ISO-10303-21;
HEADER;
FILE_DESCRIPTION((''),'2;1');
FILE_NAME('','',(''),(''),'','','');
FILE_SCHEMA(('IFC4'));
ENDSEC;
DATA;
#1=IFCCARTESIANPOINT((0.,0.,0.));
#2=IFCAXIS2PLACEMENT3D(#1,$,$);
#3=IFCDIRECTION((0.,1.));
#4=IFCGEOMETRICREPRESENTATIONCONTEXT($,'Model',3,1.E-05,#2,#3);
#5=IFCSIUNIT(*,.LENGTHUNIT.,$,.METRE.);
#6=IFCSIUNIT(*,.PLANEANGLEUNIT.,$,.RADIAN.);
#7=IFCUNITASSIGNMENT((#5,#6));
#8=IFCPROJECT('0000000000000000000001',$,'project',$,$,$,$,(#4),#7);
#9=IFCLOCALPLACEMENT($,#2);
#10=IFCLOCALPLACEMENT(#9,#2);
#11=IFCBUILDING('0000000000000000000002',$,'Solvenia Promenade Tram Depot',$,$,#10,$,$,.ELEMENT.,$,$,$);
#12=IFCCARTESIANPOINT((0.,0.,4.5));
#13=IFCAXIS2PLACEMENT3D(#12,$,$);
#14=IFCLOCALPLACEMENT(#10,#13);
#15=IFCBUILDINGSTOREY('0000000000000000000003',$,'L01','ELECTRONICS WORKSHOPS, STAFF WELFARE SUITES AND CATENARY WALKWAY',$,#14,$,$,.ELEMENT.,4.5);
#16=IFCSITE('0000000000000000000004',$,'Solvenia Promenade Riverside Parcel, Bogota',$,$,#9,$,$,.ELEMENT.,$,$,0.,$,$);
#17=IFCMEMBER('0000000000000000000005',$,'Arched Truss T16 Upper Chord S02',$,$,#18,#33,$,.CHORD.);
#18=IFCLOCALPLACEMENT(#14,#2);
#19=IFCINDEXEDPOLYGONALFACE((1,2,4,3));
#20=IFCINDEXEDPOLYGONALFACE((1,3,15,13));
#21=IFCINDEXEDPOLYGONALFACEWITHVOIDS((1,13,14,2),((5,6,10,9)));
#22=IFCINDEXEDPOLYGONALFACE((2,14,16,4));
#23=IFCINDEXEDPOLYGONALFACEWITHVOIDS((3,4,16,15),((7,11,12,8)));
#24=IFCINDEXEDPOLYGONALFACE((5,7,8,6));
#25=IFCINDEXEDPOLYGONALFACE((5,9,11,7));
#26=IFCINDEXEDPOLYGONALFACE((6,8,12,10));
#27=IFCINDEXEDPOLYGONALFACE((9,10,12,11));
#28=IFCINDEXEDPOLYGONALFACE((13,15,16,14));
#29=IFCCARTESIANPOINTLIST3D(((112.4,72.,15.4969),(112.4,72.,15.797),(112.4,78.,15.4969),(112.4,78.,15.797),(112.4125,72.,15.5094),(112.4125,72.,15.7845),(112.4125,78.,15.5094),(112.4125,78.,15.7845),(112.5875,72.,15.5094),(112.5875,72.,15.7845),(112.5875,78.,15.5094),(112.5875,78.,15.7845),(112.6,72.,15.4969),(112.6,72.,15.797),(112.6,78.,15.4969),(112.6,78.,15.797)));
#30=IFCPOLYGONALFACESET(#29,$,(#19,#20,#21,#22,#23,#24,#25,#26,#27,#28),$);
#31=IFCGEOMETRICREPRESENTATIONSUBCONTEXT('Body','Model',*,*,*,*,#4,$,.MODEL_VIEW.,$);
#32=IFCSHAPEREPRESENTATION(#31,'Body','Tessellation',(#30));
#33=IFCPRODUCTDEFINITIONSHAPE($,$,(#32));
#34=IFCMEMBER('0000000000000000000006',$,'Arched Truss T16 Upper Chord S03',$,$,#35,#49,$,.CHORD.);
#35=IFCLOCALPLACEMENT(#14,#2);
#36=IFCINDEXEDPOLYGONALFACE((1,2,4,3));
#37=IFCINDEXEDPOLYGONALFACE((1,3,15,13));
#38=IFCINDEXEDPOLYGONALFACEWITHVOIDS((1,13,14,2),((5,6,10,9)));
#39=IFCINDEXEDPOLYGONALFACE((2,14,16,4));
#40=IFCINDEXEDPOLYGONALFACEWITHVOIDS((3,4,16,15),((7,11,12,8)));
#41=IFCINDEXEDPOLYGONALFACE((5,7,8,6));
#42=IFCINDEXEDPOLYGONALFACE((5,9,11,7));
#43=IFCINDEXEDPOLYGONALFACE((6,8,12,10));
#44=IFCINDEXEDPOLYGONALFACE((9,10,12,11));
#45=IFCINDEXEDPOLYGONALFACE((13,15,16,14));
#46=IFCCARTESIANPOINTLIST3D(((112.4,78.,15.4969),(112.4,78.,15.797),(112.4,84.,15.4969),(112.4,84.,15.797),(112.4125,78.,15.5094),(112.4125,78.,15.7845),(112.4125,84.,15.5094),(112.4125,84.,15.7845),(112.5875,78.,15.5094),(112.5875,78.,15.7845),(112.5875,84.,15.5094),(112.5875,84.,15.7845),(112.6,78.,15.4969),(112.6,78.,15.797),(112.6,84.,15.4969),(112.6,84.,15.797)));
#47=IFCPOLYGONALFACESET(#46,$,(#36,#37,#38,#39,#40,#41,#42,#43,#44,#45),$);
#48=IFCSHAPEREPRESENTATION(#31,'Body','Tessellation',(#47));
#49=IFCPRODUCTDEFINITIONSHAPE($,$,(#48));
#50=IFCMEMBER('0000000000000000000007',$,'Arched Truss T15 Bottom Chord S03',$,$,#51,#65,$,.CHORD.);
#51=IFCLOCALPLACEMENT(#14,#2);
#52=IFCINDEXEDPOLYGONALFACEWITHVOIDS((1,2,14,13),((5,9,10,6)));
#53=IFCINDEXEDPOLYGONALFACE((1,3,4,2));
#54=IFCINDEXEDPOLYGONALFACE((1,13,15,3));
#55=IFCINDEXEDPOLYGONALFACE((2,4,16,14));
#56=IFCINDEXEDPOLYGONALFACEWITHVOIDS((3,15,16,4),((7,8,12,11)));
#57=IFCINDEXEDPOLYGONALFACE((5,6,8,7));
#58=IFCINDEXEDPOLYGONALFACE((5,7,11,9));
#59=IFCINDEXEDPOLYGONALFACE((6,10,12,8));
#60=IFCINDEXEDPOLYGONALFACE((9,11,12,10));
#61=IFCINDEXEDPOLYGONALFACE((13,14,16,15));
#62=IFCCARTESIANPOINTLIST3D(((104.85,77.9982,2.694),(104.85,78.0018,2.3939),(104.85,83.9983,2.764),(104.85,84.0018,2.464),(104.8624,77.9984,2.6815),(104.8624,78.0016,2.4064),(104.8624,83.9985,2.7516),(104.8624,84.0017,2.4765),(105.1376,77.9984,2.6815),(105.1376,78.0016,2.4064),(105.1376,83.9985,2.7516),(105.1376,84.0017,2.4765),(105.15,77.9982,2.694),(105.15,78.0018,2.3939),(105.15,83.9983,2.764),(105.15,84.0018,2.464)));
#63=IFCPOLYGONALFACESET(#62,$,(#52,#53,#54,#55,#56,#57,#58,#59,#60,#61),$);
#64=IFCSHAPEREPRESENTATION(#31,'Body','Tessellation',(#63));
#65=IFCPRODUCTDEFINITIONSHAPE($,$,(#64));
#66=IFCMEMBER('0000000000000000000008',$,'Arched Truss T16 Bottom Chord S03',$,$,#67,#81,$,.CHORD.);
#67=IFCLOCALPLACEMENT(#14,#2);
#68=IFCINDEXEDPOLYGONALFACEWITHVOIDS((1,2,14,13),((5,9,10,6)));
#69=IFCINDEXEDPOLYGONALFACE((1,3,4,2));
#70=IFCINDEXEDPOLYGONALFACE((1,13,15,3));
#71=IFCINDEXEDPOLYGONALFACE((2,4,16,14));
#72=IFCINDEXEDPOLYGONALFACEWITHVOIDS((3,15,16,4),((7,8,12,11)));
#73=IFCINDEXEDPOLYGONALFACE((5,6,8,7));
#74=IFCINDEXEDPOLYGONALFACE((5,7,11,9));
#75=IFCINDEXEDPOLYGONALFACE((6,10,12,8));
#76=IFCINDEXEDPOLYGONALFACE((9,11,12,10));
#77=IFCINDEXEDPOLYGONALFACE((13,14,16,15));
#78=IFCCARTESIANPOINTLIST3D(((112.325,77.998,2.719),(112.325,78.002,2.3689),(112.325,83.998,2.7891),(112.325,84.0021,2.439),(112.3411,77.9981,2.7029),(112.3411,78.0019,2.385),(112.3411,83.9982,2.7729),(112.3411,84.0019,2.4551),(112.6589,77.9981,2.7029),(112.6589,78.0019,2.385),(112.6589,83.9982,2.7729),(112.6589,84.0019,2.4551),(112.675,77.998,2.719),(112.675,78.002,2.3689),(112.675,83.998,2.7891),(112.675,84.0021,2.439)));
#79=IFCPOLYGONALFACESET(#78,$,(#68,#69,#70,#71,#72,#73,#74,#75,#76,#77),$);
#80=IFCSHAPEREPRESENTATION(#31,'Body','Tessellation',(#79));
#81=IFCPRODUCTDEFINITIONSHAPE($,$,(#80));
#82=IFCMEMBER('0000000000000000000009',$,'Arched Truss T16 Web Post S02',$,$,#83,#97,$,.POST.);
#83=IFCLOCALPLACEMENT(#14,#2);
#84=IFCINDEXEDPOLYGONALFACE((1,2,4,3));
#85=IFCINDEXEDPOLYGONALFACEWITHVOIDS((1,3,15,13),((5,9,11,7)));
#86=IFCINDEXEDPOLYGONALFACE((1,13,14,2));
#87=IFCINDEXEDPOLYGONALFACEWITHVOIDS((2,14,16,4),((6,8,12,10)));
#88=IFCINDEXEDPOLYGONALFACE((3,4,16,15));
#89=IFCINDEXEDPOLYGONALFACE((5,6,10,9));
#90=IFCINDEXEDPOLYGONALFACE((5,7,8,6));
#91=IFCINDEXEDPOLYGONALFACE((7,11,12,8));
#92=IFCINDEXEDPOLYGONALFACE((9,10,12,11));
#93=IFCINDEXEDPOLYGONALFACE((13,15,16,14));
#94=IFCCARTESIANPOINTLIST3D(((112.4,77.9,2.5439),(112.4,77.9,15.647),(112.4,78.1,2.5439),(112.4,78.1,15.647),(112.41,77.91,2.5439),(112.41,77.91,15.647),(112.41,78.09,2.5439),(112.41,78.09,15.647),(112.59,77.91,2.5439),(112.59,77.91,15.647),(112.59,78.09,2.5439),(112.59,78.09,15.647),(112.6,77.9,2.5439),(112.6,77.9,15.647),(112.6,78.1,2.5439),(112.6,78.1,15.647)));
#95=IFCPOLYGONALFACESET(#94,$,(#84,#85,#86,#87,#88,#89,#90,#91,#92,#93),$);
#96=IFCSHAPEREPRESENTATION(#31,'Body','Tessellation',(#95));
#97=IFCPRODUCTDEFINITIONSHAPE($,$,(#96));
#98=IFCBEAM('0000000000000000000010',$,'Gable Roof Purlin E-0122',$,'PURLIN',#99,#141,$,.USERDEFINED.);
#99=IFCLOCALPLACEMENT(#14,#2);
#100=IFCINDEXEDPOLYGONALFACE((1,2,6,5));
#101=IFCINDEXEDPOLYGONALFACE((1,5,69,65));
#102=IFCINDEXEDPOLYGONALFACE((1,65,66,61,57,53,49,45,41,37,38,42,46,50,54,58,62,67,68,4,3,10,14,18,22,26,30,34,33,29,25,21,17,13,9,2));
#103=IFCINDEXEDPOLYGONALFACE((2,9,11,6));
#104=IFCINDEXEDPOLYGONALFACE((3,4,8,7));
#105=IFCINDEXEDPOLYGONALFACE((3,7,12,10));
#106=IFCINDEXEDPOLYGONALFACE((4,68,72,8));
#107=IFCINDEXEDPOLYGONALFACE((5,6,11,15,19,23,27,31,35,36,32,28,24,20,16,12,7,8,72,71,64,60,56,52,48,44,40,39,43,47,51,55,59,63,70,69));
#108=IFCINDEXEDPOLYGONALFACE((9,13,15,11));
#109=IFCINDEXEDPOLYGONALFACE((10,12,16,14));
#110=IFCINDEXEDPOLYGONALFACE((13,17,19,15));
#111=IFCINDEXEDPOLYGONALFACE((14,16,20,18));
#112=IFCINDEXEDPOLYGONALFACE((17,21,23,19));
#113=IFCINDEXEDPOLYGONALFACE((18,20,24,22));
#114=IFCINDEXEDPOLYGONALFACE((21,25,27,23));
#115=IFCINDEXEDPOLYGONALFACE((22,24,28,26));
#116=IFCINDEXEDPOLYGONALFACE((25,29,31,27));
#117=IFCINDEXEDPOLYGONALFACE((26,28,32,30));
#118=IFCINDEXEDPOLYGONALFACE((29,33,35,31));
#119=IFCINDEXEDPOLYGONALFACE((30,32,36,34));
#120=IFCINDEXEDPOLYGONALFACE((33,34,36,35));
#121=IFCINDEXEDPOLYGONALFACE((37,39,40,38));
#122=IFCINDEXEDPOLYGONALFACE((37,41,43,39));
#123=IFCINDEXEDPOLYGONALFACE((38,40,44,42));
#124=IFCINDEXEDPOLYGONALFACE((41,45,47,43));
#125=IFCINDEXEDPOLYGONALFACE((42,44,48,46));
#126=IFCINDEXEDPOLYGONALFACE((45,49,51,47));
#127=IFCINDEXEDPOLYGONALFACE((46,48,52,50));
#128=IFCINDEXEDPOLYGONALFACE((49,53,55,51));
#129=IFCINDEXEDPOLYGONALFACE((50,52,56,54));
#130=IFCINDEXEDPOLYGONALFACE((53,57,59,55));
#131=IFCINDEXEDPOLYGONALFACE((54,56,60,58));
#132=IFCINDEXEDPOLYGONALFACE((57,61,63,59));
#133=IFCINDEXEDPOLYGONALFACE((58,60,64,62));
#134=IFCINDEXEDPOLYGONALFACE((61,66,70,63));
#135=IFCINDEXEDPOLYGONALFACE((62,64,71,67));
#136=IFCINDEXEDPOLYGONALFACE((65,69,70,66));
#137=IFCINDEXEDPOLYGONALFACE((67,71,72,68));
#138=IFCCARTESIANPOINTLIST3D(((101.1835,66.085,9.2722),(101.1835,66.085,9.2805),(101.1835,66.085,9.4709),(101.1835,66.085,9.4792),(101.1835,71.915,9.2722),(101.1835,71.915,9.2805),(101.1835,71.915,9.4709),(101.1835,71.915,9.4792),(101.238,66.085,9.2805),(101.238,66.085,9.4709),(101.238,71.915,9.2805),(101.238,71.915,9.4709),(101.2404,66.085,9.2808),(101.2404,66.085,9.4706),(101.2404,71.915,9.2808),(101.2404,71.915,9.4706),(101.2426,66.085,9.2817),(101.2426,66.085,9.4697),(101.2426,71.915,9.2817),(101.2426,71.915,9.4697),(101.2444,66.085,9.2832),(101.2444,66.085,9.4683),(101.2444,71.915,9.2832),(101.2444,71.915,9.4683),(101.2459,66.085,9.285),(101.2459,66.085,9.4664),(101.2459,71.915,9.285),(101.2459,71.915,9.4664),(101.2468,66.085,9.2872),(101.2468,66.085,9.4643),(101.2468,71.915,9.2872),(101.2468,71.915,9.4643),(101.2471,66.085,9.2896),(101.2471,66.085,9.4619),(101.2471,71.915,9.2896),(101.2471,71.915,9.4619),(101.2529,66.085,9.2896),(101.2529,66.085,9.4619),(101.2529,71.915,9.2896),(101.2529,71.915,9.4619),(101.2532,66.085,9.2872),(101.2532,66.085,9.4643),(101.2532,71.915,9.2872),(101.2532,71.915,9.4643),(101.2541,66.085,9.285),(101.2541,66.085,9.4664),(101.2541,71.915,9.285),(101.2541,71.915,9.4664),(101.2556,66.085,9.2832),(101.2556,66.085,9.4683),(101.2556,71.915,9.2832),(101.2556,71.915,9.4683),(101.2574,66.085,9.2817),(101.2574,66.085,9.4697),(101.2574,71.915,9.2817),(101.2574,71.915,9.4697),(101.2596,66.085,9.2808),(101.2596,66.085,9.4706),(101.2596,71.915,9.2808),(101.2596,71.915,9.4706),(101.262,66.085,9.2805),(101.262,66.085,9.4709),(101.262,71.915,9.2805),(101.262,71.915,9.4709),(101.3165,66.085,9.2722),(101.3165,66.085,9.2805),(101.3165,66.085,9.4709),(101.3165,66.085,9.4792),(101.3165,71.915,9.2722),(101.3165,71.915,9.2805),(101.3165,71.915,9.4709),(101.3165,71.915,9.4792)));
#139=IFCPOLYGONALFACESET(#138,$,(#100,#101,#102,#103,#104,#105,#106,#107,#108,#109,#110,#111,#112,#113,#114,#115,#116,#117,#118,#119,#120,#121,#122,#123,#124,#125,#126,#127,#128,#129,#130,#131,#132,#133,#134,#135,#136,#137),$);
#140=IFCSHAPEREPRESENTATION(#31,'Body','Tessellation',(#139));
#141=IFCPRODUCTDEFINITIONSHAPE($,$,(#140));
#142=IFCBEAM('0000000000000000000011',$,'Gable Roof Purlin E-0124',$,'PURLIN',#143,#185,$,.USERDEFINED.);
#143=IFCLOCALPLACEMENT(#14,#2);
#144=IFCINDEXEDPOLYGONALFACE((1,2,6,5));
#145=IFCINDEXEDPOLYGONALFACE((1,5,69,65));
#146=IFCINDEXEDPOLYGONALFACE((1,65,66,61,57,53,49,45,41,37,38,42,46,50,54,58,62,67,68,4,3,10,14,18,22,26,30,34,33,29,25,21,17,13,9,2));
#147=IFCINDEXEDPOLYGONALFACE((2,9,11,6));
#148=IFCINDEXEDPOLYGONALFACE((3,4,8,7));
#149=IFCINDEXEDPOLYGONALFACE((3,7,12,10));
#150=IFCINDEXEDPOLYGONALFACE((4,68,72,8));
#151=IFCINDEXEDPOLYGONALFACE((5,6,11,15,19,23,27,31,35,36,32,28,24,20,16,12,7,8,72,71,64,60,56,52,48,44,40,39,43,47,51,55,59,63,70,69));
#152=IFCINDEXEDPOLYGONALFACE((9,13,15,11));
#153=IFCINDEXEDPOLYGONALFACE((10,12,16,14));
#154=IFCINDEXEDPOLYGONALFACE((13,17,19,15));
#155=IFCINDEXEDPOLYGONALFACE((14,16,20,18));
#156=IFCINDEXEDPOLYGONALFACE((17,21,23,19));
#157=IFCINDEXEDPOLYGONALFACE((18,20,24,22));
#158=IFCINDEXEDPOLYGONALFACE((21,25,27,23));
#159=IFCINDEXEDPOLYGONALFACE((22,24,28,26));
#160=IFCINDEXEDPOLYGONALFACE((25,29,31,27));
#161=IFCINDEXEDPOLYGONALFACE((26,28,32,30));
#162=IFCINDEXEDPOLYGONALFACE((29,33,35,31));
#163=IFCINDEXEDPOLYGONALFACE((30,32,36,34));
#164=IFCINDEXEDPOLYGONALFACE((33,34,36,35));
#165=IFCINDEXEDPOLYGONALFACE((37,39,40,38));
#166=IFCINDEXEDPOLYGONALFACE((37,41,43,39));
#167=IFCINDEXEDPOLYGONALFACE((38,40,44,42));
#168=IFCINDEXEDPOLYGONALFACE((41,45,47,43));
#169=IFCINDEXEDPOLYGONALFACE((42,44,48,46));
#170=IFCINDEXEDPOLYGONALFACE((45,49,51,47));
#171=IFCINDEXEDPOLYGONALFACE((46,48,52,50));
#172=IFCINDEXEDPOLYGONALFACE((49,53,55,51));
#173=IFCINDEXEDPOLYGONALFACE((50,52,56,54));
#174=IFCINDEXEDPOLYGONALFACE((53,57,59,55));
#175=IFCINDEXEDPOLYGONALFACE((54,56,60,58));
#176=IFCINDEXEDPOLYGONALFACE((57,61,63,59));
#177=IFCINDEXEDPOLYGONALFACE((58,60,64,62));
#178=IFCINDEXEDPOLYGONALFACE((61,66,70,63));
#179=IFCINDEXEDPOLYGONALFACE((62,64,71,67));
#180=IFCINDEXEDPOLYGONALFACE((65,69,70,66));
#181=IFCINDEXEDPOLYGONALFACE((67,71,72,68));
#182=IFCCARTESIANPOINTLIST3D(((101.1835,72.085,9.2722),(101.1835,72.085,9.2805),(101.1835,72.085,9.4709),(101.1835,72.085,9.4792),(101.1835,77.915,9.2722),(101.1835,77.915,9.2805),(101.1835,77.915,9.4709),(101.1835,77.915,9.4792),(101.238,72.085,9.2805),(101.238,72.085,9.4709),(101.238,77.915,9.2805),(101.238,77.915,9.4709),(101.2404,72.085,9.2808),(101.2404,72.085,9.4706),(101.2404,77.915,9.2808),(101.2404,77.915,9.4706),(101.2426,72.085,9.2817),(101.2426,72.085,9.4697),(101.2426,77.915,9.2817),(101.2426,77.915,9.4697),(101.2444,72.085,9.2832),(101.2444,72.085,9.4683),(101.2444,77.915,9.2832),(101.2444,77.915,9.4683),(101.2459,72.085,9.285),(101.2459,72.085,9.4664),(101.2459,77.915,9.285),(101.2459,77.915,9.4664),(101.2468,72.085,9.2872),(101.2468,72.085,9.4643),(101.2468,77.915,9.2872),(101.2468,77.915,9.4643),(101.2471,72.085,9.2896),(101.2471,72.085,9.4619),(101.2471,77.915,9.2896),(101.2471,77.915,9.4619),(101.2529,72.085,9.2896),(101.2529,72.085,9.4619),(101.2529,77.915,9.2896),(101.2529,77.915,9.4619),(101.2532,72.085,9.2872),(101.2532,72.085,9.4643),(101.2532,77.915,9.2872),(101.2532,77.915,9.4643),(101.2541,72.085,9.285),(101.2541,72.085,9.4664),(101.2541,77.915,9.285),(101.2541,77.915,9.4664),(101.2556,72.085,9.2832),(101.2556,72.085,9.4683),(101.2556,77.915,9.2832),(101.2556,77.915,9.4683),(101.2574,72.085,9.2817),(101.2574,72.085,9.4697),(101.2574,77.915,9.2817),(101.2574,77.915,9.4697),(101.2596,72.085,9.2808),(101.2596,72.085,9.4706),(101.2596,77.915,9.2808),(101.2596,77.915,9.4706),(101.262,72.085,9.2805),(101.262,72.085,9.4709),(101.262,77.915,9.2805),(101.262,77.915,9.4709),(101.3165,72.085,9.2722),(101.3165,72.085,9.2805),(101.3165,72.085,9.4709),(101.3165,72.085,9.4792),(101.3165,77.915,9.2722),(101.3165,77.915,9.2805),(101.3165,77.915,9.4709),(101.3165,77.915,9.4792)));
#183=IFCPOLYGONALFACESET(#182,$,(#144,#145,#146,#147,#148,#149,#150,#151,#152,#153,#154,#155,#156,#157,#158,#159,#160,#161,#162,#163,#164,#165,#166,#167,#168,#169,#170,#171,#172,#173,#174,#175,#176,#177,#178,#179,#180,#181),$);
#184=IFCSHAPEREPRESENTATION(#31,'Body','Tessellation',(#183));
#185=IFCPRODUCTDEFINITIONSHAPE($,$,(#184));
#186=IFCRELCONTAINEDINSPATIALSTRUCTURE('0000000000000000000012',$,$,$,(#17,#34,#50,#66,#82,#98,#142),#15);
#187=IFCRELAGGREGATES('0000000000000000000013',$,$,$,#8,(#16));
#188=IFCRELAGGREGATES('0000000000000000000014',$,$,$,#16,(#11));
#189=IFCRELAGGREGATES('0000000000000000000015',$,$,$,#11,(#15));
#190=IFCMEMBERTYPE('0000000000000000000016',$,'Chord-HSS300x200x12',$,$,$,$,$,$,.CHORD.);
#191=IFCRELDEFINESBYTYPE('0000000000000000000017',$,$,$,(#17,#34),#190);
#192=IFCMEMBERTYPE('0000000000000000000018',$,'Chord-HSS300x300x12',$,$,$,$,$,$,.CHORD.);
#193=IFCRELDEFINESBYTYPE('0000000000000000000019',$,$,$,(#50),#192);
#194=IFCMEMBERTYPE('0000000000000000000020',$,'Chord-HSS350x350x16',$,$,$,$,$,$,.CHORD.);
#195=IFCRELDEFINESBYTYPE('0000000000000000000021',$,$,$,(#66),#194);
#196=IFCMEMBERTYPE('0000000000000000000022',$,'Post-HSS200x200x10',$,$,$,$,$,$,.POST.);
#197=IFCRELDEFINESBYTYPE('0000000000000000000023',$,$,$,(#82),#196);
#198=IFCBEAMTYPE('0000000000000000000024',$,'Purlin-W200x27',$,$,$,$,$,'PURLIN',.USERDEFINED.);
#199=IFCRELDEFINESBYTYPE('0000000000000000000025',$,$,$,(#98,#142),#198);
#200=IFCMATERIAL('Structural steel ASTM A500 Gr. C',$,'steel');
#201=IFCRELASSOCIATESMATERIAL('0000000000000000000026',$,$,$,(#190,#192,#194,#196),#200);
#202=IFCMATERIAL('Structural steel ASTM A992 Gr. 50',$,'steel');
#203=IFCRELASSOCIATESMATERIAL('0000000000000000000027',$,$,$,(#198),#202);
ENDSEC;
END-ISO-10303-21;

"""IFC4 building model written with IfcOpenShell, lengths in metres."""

from ifc_helpers import new_model, si_unit, direction, frame, origin, origin_2d, place, context, subcontext, project, spatial, hollow_rectangle, i_section, extrude, material, material_profile, profile_set, type_object, element, save


model = new_model("IFC4")

# Units and contexts
model_context = context("Model", 3, precision=1e-05, world=origin(), true_north=direction((0.0, 1.0)))
body_context = subcontext(model_context, "Body", "Model", "MODEL_VIEW")
ifc_project = project(units=[si_unit("LENGTHUNIT", "METRE"), si_unit("PLANEANGLEUNIT", "RADIAN")], contexts=[model_context])

# Site, building, storey
site_placement = place(None, origin())
site = spatial("IfcSite", under=ifc_project, at=site_placement, Name="Solvenia Promenade Riverside Parcel, Bogota", CompositionType="ELEMENT", RefElevation=0.0)
building_placement = place(site_placement, origin())
building = spatial("IfcBuilding", under=site, at=building_placement, Name="Solvenia Promenade Tram Depot", CompositionType="ELEMENT")
storey_placement = place(building_placement, frame((0.0, 0.0, 4.5)))
storey = spatial("IfcBuildingStorey", under=building, at=storey_placement, Name="L01", Description="ELECTRONICS WORKSHOPS, STAFF WELFARE SUITES AND CATENARY WALKWAY", CompositionType="ELEMENT", Elevation=4.5)

# Members
ifc_material_1 = material(Name="Structural steel ASTM A500 Gr. C", Category="steel")
ifc_material_profile_1 = material_profile(ifc_material_1, hollow_rectangle(XDim=0.2, YDim=0.3, WallThickness=0.0125, at=origin_2d()), Name="HSS300x200x12.5", Category="steel")
ifc_profile_set_1 = profile_set([ifc_material_profile_1], Name="Structural steel ASTM A500 Gr. C")
member_type_1 = type_object("IfcMemberType", Name="Chord-HSS300x200x12", PredefinedType="CHORD", material=ifc_profile_set_1)
for number, where, z_axis, x_axis, name in (
    (1, (112.5, 72.0, 15.647), (0.0, 1.0, 0.0), (-1.0, 0.0, 0.0), "Arched Truss T16 Upper Chord S02"),
    (2, (112.5, 78.0, 15.647), (0.0, 1.0, 0.0), (-1.0, 0.0, 0.0), "Arched Truss T16 Upper Chord S03"),
):
    element("IfcMember", number, at=place(storey_placement, frame(where, z_axis=z_axis, x_axis=x_axis)), inside=storey, type_object=member_type_1, Name=name, PredefinedType="CHORD", context=body_context, shape_type="SweptSolid", body=[
        extrude(hollow_rectangle(XDim=0.2, YDim=0.3, WallThickness=0.0125, at=origin_2d()), origin(), (0.0, 0.0, 1.0), 6.0),
    ])
ifc_material_profile_2 = material_profile(ifc_material_1, hollow_rectangle(XDim=0.3, YDim=0.3, WallThickness=0.0125, at=origin_2d()), Name="HSS300x300x12.5", Category="steel")
ifc_profile_set_2 = profile_set([ifc_material_profile_2], Name="Structural steel ASTM A500 Gr. C")
member_type_2 = type_object("IfcMemberType", Name="Chord-HSS300x300x12", PredefinedType="CHORD", material=ifc_profile_set_2)
member_1_placement = place(storey_placement, frame((105.0, 78.0, 2.5439), z_axis=(0.0, 0.999932, 0.011677), x_axis=(-1.0, 0.0, 0.0)))
element("IfcMember", 3, at=member_1_placement, inside=storey, type_object=member_type_2, Name="Arched Truss T15 Bottom Chord S03", PredefinedType="CHORD", context=body_context, shape_type="SweptSolid", body=[
    extrude(hollow_rectangle(XDim=0.3, YDim=0.3, WallThickness=0.0125, at=origin_2d()), origin(), (0.0, 0.0, 1.0), 6.0005),
])
ifc_material_profile_3 = material_profile(ifc_material_1, hollow_rectangle(XDim=0.3501, YDim=0.3501, WallThickness=0.0161, at=origin_2d()), Name="HSS350x350x16", Category="steel")
ifc_profile_set_3 = profile_set([ifc_material_profile_3], Name="Structural steel ASTM A500 Gr. C")
member_type_3 = type_object("IfcMemberType", Name="Chord-HSS350x350x16", PredefinedType="CHORD", material=ifc_profile_set_3)
member_2_placement = place(storey_placement, frame((112.5, 78.0, 2.5439), z_axis=(0.0, 0.999932, 0.011677), x_axis=(-1.0, 0.0, 0.0)))
element("IfcMember", 4, at=member_2_placement, inside=storey, type_object=member_type_3, Name="Arched Truss T16 Bottom Chord S03", PredefinedType="CHORD", context=body_context, shape_type="SweptSolid", body=[
    extrude(hollow_rectangle(XDim=0.3501, YDim=0.3501, WallThickness=0.0161, at=origin_2d()), origin(), (0.0, 0.0, 1.0), 6.0005),
])
ifc_material_profile_4 = material_profile(ifc_material_1, hollow_rectangle(XDim=0.2, YDim=0.2, WallThickness=0.01, at=origin_2d()), Name="HSS200x200x10", Category="steel")
ifc_profile_set_4 = profile_set([ifc_material_profile_4], Name="Structural steel ASTM A500 Gr. C")
member_type_4 = type_object("IfcMemberType", Name="Post-HSS200x200x10", PredefinedType="POST", material=ifc_profile_set_4)
member_3_placement = place(storey_placement, frame((112.5, 78.0, 2.5439), z_axis=(0.0, 0.0, 1.0), x_axis=(1.0, 0.0, 0.0)))
element("IfcMember", 5, at=member_3_placement, inside=storey, type_object=member_type_4, Name="Arched Truss T16 Web Post S02", PredefinedType="POST", context=body_context, shape_type="SweptSolid", body=[
    extrude(hollow_rectangle(XDim=0.2, YDim=0.2, WallThickness=0.01, at=origin_2d()), origin(), (0.0, 0.0, 1.0), 13.103),
])

# Beams
ifc_material_2 = material(Name="Structural steel ASTM A992 Gr. 50", Category="steel")
ifc_material_profile_5 = material_profile(ifc_material_2, i_section(OverallWidth=0.1331, OverallDepth=0.207, WebThickness=0.0059, FlangeThickness=0.0083, FilletRadius=0.009, at=origin_2d()), Name="W200x27", Category="steel")
ifc_profile_set_5 = profile_set([ifc_material_profile_5], Name="Structural steel ASTM A992 Gr. 50")
beam_type_1 = type_object("IfcBeamType", Name="Purlin-W200x27", ElementType="PURLIN", PredefinedType="USERDEFINED", material=ifc_profile_set_5)
for number, where, z_axis, x_axis, name in (
    (6, (101.25, 66.085, 9.3757), (0.0, 1.0, 0.0), (-1.0, 0.0, 0.0), "Gable Roof Purlin E-0122"),
    (7, (101.25, 72.085, 9.3757), (0.0, 1.0, 0.0), (-1.0, 0.0, 0.0), "Gable Roof Purlin E-0124"),
):
    element("IfcBeam", number, at=place(storey_placement, frame(where, z_axis=z_axis, x_axis=x_axis)), inside=storey, type_object=beam_type_1, Name=name, ObjectType="PURLIN", PredefinedType="USERDEFINED", context=body_context, shape_type="SweptSolid", body=[
        extrude(i_section(OverallWidth=0.1331, OverallDepth=0.207, WebThickness=0.0059, FlangeThickness=0.0083, FilletRadius=0.009, at=origin_2d()), origin(), (0.0, 0.0, 1.0), 5.8301),
    ])

save(model, "model.ifc")
